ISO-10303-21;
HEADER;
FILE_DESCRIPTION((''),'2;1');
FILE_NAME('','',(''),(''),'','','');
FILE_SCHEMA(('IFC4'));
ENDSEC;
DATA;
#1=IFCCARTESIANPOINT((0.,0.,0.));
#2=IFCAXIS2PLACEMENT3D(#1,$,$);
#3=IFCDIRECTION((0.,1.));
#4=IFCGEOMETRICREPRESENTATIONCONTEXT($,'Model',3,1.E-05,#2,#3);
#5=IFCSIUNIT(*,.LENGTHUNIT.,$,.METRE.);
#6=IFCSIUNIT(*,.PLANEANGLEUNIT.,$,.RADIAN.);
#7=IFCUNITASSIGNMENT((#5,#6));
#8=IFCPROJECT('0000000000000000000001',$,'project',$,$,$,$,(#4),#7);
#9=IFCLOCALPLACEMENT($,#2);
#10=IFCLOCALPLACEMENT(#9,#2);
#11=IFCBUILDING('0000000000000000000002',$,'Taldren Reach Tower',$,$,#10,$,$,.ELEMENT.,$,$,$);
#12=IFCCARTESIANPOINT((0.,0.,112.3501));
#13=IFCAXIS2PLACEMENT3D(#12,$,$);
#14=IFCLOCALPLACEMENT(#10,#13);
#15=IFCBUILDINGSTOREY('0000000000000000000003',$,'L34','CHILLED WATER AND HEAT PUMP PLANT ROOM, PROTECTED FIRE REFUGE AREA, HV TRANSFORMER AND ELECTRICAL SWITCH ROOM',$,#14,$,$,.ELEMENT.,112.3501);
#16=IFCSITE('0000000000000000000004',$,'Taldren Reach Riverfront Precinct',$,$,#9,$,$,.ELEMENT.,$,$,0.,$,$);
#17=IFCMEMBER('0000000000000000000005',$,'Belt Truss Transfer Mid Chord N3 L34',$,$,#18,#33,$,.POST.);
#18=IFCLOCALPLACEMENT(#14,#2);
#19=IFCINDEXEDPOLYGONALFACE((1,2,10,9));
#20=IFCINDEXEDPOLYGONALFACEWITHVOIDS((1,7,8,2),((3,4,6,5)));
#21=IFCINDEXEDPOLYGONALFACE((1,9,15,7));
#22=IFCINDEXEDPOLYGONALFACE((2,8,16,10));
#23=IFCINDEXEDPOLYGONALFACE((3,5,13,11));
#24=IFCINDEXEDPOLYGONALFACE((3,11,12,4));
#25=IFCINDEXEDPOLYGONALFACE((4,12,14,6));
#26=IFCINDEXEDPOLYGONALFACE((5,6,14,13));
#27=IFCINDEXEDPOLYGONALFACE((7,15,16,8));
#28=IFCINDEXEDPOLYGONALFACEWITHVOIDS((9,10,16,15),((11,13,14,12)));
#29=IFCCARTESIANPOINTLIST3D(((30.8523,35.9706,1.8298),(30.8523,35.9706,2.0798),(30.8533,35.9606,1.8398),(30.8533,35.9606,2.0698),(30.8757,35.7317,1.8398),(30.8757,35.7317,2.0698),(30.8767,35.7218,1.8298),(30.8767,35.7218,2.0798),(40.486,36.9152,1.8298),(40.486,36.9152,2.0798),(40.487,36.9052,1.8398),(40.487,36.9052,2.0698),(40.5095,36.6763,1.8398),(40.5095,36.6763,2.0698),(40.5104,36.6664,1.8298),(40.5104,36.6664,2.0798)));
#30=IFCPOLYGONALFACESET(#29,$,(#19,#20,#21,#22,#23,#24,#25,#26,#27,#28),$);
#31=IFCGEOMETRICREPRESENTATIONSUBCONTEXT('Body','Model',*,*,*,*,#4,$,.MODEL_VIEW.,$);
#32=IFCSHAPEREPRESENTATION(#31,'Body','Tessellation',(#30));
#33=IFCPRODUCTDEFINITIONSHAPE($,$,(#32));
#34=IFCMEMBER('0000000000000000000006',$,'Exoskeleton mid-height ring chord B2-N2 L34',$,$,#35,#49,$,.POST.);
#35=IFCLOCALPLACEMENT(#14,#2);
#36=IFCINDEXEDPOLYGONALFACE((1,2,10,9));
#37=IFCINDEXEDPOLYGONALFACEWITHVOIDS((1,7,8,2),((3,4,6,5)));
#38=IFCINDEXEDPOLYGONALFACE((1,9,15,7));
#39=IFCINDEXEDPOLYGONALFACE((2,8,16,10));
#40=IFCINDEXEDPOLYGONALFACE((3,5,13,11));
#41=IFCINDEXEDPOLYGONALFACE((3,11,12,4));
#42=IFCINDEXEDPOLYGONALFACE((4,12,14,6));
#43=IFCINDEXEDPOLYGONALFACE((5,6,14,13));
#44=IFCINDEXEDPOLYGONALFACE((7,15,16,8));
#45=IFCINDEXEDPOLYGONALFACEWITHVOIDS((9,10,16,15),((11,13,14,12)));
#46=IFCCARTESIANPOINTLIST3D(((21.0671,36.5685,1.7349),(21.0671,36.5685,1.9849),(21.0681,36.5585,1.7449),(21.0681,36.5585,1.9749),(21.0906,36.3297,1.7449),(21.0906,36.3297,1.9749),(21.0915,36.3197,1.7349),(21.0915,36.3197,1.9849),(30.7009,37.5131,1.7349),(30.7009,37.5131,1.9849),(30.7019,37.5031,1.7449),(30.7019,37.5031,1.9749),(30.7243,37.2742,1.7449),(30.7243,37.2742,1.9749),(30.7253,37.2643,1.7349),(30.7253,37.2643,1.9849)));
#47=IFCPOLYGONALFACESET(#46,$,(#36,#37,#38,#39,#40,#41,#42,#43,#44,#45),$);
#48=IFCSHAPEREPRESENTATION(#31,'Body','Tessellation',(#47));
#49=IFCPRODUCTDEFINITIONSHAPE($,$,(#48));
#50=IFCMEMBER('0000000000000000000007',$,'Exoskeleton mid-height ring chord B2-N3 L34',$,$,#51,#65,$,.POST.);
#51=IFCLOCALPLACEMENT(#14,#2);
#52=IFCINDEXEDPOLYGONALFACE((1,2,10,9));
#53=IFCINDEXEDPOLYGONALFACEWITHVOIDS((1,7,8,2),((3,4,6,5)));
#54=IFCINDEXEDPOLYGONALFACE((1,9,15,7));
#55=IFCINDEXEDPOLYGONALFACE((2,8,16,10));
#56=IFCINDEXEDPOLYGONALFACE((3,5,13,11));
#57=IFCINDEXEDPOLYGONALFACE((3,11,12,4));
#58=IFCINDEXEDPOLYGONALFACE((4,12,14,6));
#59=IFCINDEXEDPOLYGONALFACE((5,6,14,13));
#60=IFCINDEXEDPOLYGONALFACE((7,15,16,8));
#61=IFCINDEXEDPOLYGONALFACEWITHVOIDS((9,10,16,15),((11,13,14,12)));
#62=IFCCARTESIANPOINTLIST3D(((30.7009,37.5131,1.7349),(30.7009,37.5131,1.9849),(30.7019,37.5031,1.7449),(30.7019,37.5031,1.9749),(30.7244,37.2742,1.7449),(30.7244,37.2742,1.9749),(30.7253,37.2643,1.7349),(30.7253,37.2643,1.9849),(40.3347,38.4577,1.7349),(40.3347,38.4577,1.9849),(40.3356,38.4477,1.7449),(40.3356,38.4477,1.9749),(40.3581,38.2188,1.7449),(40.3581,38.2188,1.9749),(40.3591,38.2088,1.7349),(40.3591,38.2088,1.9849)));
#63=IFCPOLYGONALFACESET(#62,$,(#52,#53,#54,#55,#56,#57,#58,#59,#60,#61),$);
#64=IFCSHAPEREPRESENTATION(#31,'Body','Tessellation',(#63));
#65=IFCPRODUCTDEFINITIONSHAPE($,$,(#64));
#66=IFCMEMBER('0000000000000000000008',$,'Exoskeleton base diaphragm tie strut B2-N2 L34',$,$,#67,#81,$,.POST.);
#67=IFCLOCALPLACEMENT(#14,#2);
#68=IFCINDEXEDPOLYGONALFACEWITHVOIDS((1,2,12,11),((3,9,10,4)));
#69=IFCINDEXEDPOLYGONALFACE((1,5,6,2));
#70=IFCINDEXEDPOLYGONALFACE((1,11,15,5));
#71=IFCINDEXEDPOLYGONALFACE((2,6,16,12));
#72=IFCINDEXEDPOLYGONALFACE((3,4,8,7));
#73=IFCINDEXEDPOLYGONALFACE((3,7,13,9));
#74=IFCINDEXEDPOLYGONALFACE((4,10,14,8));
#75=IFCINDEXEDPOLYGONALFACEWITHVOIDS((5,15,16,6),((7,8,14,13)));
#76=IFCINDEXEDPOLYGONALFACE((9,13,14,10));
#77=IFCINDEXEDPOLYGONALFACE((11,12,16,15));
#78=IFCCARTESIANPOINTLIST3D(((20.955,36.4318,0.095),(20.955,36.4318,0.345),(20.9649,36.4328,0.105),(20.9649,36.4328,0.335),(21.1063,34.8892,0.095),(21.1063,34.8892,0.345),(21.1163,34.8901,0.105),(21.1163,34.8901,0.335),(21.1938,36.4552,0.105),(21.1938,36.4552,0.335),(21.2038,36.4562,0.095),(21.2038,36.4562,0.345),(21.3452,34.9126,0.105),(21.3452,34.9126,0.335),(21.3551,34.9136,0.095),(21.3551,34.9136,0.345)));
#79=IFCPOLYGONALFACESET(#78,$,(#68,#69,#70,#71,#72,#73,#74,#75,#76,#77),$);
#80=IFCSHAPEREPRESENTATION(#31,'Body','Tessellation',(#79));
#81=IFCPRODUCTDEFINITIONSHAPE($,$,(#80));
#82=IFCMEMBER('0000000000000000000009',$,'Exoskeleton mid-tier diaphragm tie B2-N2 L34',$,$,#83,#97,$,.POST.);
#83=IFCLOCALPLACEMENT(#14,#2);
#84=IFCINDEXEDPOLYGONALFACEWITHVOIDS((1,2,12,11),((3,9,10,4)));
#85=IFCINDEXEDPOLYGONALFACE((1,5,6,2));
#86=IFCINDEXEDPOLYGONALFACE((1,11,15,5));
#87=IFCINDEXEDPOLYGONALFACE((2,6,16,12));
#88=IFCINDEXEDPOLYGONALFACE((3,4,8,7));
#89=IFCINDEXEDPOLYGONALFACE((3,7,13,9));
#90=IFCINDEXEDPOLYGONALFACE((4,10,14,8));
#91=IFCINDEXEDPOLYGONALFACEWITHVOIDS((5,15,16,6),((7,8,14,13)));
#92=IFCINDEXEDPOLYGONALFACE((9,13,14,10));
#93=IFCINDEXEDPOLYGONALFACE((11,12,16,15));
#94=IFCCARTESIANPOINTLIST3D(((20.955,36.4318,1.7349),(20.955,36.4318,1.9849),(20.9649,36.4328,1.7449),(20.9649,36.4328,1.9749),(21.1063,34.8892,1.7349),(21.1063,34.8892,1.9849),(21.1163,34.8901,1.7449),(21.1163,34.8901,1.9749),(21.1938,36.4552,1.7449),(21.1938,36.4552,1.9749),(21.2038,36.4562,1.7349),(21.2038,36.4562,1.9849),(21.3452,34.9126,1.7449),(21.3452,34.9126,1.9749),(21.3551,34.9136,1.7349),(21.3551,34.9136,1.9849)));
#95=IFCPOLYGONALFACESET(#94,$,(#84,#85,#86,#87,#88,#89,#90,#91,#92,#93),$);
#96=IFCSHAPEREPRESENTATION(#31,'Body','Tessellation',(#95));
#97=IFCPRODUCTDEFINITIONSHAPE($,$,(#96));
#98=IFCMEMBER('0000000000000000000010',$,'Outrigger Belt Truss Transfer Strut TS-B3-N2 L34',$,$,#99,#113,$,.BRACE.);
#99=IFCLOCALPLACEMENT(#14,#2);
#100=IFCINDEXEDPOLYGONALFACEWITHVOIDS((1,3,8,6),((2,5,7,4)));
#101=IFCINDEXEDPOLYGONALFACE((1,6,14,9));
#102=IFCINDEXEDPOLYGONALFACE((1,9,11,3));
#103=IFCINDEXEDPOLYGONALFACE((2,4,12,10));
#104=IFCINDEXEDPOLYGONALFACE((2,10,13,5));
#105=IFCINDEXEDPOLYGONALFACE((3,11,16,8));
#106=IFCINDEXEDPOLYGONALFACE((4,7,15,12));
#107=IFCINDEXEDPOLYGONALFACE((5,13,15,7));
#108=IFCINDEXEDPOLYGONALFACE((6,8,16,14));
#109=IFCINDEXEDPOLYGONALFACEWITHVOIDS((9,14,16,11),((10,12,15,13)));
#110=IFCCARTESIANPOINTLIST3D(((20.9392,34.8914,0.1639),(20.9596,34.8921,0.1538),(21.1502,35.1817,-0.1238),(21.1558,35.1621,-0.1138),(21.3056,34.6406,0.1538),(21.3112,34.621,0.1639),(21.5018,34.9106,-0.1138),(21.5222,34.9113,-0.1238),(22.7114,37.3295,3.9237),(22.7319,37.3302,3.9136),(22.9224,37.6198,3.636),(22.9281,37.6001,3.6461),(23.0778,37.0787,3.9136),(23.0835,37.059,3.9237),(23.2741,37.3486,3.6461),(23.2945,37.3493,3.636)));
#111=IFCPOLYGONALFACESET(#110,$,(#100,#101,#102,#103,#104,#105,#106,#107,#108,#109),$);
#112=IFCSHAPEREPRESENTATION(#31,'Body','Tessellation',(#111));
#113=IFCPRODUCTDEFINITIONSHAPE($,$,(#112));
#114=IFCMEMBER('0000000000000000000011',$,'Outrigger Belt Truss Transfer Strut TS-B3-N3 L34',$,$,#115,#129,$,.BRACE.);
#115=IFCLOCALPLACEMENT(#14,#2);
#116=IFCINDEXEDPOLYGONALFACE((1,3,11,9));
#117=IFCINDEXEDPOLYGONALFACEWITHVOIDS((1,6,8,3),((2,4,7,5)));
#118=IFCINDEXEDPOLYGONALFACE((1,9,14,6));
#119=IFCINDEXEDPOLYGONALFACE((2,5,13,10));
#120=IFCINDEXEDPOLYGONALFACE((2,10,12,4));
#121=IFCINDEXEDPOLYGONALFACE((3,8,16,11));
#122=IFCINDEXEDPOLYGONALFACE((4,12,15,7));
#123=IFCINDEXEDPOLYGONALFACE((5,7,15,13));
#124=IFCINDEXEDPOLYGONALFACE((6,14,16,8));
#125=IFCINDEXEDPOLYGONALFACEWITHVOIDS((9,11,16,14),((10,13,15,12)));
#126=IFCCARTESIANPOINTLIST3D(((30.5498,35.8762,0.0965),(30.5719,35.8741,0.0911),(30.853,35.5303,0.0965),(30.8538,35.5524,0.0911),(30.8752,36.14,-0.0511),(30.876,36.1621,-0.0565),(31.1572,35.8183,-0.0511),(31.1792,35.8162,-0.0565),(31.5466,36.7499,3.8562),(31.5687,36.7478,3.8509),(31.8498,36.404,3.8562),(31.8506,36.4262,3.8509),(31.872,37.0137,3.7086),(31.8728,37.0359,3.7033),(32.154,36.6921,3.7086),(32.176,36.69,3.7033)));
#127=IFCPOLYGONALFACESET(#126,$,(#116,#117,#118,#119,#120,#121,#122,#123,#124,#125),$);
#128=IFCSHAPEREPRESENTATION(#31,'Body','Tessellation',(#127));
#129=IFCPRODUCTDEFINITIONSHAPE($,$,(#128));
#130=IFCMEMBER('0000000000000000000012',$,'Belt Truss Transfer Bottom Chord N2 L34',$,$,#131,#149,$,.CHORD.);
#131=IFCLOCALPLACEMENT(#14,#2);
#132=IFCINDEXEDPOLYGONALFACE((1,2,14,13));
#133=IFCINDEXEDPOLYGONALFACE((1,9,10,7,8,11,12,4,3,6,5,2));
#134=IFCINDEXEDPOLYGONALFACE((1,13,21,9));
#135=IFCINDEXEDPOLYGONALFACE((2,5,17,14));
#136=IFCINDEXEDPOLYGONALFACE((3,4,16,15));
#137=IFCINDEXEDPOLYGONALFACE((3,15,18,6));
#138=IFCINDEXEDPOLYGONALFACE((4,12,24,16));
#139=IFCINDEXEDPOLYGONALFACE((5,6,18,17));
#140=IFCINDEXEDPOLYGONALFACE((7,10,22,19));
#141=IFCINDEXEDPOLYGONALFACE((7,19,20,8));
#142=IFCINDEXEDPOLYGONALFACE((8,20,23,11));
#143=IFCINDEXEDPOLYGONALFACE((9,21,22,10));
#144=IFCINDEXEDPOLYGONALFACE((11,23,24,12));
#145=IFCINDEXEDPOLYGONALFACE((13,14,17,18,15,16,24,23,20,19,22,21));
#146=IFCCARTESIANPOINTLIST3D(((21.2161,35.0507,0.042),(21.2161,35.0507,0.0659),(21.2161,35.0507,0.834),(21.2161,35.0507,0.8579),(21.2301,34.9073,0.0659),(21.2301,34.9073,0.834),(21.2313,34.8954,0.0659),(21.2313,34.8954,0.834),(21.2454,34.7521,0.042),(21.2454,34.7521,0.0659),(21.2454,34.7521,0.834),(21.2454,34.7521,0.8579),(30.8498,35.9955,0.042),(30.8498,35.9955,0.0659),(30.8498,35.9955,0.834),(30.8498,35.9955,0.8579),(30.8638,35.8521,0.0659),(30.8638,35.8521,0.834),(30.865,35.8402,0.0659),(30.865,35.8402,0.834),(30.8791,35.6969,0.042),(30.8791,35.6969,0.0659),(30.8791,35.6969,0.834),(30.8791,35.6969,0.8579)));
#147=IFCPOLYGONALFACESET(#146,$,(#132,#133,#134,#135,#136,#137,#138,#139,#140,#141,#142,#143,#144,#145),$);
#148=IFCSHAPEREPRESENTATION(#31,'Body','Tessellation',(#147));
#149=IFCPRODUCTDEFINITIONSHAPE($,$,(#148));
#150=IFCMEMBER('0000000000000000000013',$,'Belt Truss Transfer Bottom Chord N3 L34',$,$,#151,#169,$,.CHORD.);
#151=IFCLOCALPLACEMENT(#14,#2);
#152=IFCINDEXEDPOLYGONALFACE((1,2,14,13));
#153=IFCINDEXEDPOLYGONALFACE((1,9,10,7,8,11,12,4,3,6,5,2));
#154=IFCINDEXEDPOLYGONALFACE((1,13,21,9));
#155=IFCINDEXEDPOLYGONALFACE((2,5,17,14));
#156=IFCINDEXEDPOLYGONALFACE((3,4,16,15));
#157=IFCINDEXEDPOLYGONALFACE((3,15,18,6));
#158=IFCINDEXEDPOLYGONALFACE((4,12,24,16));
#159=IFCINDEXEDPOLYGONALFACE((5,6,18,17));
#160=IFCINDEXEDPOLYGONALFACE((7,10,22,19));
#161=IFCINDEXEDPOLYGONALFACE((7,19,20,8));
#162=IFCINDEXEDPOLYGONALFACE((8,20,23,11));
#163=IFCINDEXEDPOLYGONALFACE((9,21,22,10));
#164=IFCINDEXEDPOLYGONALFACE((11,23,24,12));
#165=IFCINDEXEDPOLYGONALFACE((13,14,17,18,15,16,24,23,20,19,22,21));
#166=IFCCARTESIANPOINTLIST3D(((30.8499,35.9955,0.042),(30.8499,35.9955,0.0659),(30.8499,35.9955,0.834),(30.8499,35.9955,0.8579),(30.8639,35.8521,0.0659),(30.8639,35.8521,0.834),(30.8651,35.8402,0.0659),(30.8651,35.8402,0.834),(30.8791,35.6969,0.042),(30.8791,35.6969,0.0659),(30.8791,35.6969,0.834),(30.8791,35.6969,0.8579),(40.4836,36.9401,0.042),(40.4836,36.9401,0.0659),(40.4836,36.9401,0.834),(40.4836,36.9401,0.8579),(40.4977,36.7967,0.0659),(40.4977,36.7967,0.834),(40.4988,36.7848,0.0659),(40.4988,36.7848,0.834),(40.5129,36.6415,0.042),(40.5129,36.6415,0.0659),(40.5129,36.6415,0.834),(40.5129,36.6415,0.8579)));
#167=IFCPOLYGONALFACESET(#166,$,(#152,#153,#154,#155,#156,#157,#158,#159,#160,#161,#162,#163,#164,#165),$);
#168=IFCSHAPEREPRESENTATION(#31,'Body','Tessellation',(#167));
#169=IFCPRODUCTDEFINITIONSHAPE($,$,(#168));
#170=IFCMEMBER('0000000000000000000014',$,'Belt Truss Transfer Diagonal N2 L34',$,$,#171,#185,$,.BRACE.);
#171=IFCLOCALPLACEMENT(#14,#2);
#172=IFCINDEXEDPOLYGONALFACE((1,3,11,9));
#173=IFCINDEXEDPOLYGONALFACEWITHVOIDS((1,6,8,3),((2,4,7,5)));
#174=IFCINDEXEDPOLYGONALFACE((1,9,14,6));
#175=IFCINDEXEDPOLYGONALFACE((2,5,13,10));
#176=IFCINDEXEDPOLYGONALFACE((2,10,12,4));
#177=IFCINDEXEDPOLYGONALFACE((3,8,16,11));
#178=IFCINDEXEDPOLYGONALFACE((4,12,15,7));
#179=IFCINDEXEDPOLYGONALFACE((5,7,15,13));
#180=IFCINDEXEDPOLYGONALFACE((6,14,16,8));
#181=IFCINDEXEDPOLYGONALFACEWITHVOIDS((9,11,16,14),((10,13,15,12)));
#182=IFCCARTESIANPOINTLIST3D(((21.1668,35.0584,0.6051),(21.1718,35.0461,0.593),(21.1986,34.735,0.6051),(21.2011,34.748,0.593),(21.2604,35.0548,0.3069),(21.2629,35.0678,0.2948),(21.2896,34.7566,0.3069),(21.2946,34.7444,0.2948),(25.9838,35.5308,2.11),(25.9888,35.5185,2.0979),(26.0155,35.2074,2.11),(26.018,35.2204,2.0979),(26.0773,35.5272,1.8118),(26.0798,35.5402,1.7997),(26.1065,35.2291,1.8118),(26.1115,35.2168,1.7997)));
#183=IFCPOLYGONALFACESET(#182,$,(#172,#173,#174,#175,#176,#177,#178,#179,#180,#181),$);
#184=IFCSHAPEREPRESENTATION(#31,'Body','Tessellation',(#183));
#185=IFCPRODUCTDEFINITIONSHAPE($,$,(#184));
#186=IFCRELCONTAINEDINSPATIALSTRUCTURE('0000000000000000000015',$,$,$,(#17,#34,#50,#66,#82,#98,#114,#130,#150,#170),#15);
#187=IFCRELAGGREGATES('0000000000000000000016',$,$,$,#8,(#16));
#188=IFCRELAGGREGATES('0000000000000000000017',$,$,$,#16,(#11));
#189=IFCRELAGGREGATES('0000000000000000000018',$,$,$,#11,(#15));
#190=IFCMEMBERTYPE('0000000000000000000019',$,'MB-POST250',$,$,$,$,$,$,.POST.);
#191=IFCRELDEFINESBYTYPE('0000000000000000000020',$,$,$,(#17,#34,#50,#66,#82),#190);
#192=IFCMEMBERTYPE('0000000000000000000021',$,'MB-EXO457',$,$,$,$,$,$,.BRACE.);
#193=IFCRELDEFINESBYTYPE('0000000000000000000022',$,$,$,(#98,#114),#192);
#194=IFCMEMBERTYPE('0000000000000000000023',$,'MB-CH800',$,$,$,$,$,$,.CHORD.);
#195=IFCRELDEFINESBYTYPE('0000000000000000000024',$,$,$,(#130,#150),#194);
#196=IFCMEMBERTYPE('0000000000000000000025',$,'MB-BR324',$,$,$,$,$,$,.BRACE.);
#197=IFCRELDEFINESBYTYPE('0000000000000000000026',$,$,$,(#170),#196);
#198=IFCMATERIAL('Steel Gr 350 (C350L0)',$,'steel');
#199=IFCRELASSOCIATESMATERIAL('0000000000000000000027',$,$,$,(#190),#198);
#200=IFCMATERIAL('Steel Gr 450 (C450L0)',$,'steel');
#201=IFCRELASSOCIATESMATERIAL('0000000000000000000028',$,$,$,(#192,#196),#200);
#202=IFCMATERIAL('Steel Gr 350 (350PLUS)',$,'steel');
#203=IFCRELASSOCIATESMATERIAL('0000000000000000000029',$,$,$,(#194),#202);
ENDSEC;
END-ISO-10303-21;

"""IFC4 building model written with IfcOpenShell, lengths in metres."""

from ifc_helpers import new_model, si_unit, direction, frame, origin, origin_2d, place, context, subcontext, project, spatial, hollow_rectangle, i_section, extrude, source, transform, mapped, material, material_profile, profile_set, type_object, element, save


model = new_model("IFC4")

# Units and contexts
model_context = context("Model", 3, precision=1e-05, world=origin(), true_north=direction((0.0, 1.0)))
body_context = subcontext(model_context, "Body", "Model", "MODEL_VIEW")
ifc_project = project(units=[si_unit("LENGTHUNIT", "METRE"), si_unit("PLANEANGLEUNIT", "RADIAN")], contexts=[model_context])

# Site, building, storey
site_placement = place(None, origin())
site = spatial("IfcSite", under=ifc_project, at=site_placement, Name="Taldren Reach Riverfront Precinct", CompositionType="ELEMENT", RefElevation=0.0)
building_placement = place(site_placement, origin())
building = spatial("IfcBuilding", under=site, at=building_placement, Name="Taldren Reach Tower", CompositionType="ELEMENT")
storey_placement = place(building_placement, frame((0.0, 0.0, 112.3501)))
storey = spatial("IfcBuildingStorey", under=building, at=storey_placement, Name="L34", Description="CHILLED WATER AND HEAT PUMP PLANT ROOM, PROTECTED FIRE REFUGE AREA, HV TRANSFORMER AND ELECTRICAL SWITCH ROOM", CompositionType="ELEMENT", Elevation=112.3501)

# Shared definitions
ifc_material_1 = material(Name="Steel Gr 350 (350PLUS)", Category="steel")

# Shared definitions
ifc_material_2 = material(Name="Steel Gr 450 (C450L0)", Category="steel")
ifc_material_3 = material(Name="Steel Gr 350 (C350L0)", Category="steel")
ifc_material_profile_1 = material_profile(ifc_material_3, hollow_rectangle(XDim=0.25, YDim=0.25, WallThickness=0.01, at=origin_2d()), Name="250x250x10.0SHS")
ifc_profile_set_1 = profile_set([ifc_material_profile_1], Name="Steel Gr 350 (C350L0)")
member_type_1 = type_object("IfcMemberType", Name="MB-POST250", PredefinedType="POST", material=ifc_profile_set_1)

# Members
shared_shape_1 = source(origin(), body_context, "Body", "SweptSolid", [
    extrude(hollow_rectangle(XDim=0.25, YDim=0.25, WallThickness=0.01, at=origin_2d()), origin(), (0.0, 0.0, 1.0), 9.6799),
])
for number, where, z_axis, x_axis, name in (
    (1, (30.8645, 35.8462, 1.9548), (0.995228, 0.097581, 0.0), (-0.097581, 0.995228, 0.0), "Belt Truss Transfer Mid Chord N3 L34"),
    (2, (21.0793, 36.4441, 1.8599), (0.995228, 0.097581, 0.0), (-0.097581, 0.995228, 0.0), "Exoskeleton mid-height ring chord B2-N2 L34"),
    (3, (30.7131, 37.3887, 1.8599), (0.995228, 0.097581, 0.0), (-0.097581, 0.995228, 0.0), "Exoskeleton mid-height ring chord B2-N3 L34"),
):
    element("IfcMember", number, at=place(storey_placement, frame(where, z_axis=z_axis, x_axis=x_axis)), inside=storey, type_object=member_type_1, Name=name, PredefinedType="POST", context=body_context, shape_type="MappedRepresentation", body=[
        mapped(shared_shape_1, transform((0.0, 0.0, 0.0), scale=1.0)),
    ])
shared_shape_2 = source(origin(), body_context, "Body", "SweptSolid", [
    extrude(hollow_rectangle(XDim=0.25, YDim=0.25, WallThickness=0.01, at=origin_2d()), origin(), (0.0, 0.0, 1.0), 1.55),
])
for number, where, z_axis, x_axis, name in (
    (4, (21.2307, 34.9014, 0.22), (-0.097648, 0.995221, 0.0), (-0.995221, -0.097648, 0.0), "Exoskeleton base diaphragm tie strut B2-N2 L34"),
    (5, (21.2307, 34.9014, 1.8599), (-0.097648, 0.995221, 0.0), (-0.995221, -0.097648, 0.0), "Exoskeleton mid-tier diaphragm tie B2-N2 L34"),
):
    element("IfcMember", number, at=place(storey_placement, frame(where, z_axis=z_axis, x_axis=x_axis)), inside=storey, type_object=member_type_1, Name=name, PredefinedType="POST", context=body_context, shape_type="MappedRepresentation", body=[
        mapped(shared_shape_2, transform((0.0, 0.0, 0.0), scale=1.0)),
    ])
ifc_material_profile_2 = material_profile(ifc_material_2, hollow_rectangle(XDim=0.46, YDim=0.46, WallThickness=0.0161, at=origin_2d()), Name="460x460x16.0SHS")
ifc_profile_set_2 = profile_set([ifc_material_profile_2], Name="Steel Gr 450 (C450L0)")
member_type_2 = type_object("IfcMemberType", Name="MB-EXO457", PredefinedType="BRACE", material=ifc_profile_set_2)
shared_shape_3 = source(origin(), body_context, "Body", "SweptSolid", [
    extrude(hollow_rectangle(XDim=0.46, YDim=0.46, WallThickness=0.0161, at=origin_2d()), origin(), (0.0, 0.0, 1.0), 4.8188),
])
member_1_placement = place(storey_placement, frame((21.2307, 34.9014, 0.02), z_axis=(0.367775, 0.505938, 0.780236), x_axis=(-0.808873, 0.587984, 0.0)))
element("IfcMember", 6, at=member_1_placement, inside=storey, type_object=member_type_2, Name="Outrigger Belt Truss Transfer Strut TS-B3-N2 L34", PredefinedType="BRACE", context=body_context, shape_type="MappedRepresentation", body=[
    mapped(shared_shape_3, transform((0.0, 0.0, 0.0), scale=1.0)),
])
shared_shape_4 = source(origin(), body_context, "Body", "SweptSolid", [
    extrude(hollow_rectangle(XDim=0.46, YDim=0.46, WallThickness=0.0161, at=origin_2d()), origin(), (0.0, 0.0, 1.0), 3.9866),
])
member_2_placement = place(storey_placement, frame((30.8645, 35.8462, 0.02), z_axis=(0.250044, 0.219179, 0.9431), x_axis=(-0.659169, 0.751995, 0.0)))
element("IfcMember", 7, at=member_2_placement, inside=storey, type_object=member_type_2, Name="Outrigger Belt Truss Transfer Strut TS-B3-N3 L34", PredefinedType="BRACE", context=body_context, shape_type="MappedRepresentation", body=[
    mapped(shared_shape_4, transform((0.0, 0.0, 0.0), scale=1.0)),
])
ifc_material_profile_3 = material_profile(ifc_material_1, i_section(OverallWidth=0.3, OverallDepth=0.8159, WebThickness=0.012, FlangeThickness=0.0239, at=origin_2d()), Name="800WB192")
ifc_profile_set_3 = profile_set([ifc_material_profile_3], Name="Steel Gr 350 (350PLUS)")
member_type_3 = type_object("IfcMemberType", Name="MB-CH800", PredefinedType="CHORD", material=ifc_profile_set_3)
shared_shape_5 = source(origin(), body_context, "Body", "SweptSolid", [
    extrude(i_section(OverallWidth=0.3, OverallDepth=0.8159, WebThickness=0.012, FlangeThickness=0.0239, at=origin_2d()), origin(), (0.0, 0.0, 1.0), 9.6799),
])
for number, where, z_axis, x_axis, name in (
    (8, (21.2307, 34.9014, 0.45), (0.995225, 0.097606, 0.0), (-0.097606, 0.995225, 0.0), "Belt Truss Transfer Bottom Chord N2 L34"),
    (9, (30.8645, 35.8462, 0.45), (0.995228, 0.097581, 0.0), (-0.097581, 0.995228, 0.0), "Belt Truss Transfer Bottom Chord N3 L34"),
):
    element("IfcMember", number, at=place(storey_placement, frame(where, z_axis=z_axis, x_axis=x_axis)), inside=storey, type_object=member_type_3, Name=name, PredefinedType="CHORD", context=body_context, shape_type="MappedRepresentation", body=[
        mapped(shared_shape_5, transform((0.0, 0.0, 0.0), scale=1.0)),
    ])
ifc_material_profile_4 = material_profile(ifc_material_2, hollow_rectangle(XDim=0.325, YDim=0.325, WallThickness=0.0127, at=origin_2d()), Name="325x325x12.7SHS")
ifc_profile_set_4 = profile_set([ifc_material_profile_4], Name="Steel Gr 450 (C450L0)")
member_type_4 = type_object("IfcMemberType", Name="MB-BR324", PredefinedType="BRACE", material=ifc_profile_set_4)
shared_shape_6 = source(origin(), body_context, "Body", "SweptSolid", [
    extrude(hollow_rectangle(XDim=0.325, YDim=0.325, WallThickness=0.0127, at=origin_2d()), origin(), (0.0, 0.0, 1.0), 5.0686),
])
for number, where, z_axis, x_axis, name in (
    (10, (21.2307, 34.9014, 0.45), (0.950347, 0.093204, 0.296905), (-0.097606, 0.995225, 0.0), "Belt Truss Transfer Diagonal N2 L34"),
):
    element("IfcMember", number, at=place(storey_placement, frame(where, z_axis=z_axis, x_axis=x_axis)), inside=storey, type_object=member_type_4, Name=name, PredefinedType="BRACE", context=body_context, shape_type="MappedRepresentation", body=[
        mapped(shared_shape_6, transform((0.0, 0.0, 0.0), scale=1.0)),
    ])

save(model, "model.ifc")
